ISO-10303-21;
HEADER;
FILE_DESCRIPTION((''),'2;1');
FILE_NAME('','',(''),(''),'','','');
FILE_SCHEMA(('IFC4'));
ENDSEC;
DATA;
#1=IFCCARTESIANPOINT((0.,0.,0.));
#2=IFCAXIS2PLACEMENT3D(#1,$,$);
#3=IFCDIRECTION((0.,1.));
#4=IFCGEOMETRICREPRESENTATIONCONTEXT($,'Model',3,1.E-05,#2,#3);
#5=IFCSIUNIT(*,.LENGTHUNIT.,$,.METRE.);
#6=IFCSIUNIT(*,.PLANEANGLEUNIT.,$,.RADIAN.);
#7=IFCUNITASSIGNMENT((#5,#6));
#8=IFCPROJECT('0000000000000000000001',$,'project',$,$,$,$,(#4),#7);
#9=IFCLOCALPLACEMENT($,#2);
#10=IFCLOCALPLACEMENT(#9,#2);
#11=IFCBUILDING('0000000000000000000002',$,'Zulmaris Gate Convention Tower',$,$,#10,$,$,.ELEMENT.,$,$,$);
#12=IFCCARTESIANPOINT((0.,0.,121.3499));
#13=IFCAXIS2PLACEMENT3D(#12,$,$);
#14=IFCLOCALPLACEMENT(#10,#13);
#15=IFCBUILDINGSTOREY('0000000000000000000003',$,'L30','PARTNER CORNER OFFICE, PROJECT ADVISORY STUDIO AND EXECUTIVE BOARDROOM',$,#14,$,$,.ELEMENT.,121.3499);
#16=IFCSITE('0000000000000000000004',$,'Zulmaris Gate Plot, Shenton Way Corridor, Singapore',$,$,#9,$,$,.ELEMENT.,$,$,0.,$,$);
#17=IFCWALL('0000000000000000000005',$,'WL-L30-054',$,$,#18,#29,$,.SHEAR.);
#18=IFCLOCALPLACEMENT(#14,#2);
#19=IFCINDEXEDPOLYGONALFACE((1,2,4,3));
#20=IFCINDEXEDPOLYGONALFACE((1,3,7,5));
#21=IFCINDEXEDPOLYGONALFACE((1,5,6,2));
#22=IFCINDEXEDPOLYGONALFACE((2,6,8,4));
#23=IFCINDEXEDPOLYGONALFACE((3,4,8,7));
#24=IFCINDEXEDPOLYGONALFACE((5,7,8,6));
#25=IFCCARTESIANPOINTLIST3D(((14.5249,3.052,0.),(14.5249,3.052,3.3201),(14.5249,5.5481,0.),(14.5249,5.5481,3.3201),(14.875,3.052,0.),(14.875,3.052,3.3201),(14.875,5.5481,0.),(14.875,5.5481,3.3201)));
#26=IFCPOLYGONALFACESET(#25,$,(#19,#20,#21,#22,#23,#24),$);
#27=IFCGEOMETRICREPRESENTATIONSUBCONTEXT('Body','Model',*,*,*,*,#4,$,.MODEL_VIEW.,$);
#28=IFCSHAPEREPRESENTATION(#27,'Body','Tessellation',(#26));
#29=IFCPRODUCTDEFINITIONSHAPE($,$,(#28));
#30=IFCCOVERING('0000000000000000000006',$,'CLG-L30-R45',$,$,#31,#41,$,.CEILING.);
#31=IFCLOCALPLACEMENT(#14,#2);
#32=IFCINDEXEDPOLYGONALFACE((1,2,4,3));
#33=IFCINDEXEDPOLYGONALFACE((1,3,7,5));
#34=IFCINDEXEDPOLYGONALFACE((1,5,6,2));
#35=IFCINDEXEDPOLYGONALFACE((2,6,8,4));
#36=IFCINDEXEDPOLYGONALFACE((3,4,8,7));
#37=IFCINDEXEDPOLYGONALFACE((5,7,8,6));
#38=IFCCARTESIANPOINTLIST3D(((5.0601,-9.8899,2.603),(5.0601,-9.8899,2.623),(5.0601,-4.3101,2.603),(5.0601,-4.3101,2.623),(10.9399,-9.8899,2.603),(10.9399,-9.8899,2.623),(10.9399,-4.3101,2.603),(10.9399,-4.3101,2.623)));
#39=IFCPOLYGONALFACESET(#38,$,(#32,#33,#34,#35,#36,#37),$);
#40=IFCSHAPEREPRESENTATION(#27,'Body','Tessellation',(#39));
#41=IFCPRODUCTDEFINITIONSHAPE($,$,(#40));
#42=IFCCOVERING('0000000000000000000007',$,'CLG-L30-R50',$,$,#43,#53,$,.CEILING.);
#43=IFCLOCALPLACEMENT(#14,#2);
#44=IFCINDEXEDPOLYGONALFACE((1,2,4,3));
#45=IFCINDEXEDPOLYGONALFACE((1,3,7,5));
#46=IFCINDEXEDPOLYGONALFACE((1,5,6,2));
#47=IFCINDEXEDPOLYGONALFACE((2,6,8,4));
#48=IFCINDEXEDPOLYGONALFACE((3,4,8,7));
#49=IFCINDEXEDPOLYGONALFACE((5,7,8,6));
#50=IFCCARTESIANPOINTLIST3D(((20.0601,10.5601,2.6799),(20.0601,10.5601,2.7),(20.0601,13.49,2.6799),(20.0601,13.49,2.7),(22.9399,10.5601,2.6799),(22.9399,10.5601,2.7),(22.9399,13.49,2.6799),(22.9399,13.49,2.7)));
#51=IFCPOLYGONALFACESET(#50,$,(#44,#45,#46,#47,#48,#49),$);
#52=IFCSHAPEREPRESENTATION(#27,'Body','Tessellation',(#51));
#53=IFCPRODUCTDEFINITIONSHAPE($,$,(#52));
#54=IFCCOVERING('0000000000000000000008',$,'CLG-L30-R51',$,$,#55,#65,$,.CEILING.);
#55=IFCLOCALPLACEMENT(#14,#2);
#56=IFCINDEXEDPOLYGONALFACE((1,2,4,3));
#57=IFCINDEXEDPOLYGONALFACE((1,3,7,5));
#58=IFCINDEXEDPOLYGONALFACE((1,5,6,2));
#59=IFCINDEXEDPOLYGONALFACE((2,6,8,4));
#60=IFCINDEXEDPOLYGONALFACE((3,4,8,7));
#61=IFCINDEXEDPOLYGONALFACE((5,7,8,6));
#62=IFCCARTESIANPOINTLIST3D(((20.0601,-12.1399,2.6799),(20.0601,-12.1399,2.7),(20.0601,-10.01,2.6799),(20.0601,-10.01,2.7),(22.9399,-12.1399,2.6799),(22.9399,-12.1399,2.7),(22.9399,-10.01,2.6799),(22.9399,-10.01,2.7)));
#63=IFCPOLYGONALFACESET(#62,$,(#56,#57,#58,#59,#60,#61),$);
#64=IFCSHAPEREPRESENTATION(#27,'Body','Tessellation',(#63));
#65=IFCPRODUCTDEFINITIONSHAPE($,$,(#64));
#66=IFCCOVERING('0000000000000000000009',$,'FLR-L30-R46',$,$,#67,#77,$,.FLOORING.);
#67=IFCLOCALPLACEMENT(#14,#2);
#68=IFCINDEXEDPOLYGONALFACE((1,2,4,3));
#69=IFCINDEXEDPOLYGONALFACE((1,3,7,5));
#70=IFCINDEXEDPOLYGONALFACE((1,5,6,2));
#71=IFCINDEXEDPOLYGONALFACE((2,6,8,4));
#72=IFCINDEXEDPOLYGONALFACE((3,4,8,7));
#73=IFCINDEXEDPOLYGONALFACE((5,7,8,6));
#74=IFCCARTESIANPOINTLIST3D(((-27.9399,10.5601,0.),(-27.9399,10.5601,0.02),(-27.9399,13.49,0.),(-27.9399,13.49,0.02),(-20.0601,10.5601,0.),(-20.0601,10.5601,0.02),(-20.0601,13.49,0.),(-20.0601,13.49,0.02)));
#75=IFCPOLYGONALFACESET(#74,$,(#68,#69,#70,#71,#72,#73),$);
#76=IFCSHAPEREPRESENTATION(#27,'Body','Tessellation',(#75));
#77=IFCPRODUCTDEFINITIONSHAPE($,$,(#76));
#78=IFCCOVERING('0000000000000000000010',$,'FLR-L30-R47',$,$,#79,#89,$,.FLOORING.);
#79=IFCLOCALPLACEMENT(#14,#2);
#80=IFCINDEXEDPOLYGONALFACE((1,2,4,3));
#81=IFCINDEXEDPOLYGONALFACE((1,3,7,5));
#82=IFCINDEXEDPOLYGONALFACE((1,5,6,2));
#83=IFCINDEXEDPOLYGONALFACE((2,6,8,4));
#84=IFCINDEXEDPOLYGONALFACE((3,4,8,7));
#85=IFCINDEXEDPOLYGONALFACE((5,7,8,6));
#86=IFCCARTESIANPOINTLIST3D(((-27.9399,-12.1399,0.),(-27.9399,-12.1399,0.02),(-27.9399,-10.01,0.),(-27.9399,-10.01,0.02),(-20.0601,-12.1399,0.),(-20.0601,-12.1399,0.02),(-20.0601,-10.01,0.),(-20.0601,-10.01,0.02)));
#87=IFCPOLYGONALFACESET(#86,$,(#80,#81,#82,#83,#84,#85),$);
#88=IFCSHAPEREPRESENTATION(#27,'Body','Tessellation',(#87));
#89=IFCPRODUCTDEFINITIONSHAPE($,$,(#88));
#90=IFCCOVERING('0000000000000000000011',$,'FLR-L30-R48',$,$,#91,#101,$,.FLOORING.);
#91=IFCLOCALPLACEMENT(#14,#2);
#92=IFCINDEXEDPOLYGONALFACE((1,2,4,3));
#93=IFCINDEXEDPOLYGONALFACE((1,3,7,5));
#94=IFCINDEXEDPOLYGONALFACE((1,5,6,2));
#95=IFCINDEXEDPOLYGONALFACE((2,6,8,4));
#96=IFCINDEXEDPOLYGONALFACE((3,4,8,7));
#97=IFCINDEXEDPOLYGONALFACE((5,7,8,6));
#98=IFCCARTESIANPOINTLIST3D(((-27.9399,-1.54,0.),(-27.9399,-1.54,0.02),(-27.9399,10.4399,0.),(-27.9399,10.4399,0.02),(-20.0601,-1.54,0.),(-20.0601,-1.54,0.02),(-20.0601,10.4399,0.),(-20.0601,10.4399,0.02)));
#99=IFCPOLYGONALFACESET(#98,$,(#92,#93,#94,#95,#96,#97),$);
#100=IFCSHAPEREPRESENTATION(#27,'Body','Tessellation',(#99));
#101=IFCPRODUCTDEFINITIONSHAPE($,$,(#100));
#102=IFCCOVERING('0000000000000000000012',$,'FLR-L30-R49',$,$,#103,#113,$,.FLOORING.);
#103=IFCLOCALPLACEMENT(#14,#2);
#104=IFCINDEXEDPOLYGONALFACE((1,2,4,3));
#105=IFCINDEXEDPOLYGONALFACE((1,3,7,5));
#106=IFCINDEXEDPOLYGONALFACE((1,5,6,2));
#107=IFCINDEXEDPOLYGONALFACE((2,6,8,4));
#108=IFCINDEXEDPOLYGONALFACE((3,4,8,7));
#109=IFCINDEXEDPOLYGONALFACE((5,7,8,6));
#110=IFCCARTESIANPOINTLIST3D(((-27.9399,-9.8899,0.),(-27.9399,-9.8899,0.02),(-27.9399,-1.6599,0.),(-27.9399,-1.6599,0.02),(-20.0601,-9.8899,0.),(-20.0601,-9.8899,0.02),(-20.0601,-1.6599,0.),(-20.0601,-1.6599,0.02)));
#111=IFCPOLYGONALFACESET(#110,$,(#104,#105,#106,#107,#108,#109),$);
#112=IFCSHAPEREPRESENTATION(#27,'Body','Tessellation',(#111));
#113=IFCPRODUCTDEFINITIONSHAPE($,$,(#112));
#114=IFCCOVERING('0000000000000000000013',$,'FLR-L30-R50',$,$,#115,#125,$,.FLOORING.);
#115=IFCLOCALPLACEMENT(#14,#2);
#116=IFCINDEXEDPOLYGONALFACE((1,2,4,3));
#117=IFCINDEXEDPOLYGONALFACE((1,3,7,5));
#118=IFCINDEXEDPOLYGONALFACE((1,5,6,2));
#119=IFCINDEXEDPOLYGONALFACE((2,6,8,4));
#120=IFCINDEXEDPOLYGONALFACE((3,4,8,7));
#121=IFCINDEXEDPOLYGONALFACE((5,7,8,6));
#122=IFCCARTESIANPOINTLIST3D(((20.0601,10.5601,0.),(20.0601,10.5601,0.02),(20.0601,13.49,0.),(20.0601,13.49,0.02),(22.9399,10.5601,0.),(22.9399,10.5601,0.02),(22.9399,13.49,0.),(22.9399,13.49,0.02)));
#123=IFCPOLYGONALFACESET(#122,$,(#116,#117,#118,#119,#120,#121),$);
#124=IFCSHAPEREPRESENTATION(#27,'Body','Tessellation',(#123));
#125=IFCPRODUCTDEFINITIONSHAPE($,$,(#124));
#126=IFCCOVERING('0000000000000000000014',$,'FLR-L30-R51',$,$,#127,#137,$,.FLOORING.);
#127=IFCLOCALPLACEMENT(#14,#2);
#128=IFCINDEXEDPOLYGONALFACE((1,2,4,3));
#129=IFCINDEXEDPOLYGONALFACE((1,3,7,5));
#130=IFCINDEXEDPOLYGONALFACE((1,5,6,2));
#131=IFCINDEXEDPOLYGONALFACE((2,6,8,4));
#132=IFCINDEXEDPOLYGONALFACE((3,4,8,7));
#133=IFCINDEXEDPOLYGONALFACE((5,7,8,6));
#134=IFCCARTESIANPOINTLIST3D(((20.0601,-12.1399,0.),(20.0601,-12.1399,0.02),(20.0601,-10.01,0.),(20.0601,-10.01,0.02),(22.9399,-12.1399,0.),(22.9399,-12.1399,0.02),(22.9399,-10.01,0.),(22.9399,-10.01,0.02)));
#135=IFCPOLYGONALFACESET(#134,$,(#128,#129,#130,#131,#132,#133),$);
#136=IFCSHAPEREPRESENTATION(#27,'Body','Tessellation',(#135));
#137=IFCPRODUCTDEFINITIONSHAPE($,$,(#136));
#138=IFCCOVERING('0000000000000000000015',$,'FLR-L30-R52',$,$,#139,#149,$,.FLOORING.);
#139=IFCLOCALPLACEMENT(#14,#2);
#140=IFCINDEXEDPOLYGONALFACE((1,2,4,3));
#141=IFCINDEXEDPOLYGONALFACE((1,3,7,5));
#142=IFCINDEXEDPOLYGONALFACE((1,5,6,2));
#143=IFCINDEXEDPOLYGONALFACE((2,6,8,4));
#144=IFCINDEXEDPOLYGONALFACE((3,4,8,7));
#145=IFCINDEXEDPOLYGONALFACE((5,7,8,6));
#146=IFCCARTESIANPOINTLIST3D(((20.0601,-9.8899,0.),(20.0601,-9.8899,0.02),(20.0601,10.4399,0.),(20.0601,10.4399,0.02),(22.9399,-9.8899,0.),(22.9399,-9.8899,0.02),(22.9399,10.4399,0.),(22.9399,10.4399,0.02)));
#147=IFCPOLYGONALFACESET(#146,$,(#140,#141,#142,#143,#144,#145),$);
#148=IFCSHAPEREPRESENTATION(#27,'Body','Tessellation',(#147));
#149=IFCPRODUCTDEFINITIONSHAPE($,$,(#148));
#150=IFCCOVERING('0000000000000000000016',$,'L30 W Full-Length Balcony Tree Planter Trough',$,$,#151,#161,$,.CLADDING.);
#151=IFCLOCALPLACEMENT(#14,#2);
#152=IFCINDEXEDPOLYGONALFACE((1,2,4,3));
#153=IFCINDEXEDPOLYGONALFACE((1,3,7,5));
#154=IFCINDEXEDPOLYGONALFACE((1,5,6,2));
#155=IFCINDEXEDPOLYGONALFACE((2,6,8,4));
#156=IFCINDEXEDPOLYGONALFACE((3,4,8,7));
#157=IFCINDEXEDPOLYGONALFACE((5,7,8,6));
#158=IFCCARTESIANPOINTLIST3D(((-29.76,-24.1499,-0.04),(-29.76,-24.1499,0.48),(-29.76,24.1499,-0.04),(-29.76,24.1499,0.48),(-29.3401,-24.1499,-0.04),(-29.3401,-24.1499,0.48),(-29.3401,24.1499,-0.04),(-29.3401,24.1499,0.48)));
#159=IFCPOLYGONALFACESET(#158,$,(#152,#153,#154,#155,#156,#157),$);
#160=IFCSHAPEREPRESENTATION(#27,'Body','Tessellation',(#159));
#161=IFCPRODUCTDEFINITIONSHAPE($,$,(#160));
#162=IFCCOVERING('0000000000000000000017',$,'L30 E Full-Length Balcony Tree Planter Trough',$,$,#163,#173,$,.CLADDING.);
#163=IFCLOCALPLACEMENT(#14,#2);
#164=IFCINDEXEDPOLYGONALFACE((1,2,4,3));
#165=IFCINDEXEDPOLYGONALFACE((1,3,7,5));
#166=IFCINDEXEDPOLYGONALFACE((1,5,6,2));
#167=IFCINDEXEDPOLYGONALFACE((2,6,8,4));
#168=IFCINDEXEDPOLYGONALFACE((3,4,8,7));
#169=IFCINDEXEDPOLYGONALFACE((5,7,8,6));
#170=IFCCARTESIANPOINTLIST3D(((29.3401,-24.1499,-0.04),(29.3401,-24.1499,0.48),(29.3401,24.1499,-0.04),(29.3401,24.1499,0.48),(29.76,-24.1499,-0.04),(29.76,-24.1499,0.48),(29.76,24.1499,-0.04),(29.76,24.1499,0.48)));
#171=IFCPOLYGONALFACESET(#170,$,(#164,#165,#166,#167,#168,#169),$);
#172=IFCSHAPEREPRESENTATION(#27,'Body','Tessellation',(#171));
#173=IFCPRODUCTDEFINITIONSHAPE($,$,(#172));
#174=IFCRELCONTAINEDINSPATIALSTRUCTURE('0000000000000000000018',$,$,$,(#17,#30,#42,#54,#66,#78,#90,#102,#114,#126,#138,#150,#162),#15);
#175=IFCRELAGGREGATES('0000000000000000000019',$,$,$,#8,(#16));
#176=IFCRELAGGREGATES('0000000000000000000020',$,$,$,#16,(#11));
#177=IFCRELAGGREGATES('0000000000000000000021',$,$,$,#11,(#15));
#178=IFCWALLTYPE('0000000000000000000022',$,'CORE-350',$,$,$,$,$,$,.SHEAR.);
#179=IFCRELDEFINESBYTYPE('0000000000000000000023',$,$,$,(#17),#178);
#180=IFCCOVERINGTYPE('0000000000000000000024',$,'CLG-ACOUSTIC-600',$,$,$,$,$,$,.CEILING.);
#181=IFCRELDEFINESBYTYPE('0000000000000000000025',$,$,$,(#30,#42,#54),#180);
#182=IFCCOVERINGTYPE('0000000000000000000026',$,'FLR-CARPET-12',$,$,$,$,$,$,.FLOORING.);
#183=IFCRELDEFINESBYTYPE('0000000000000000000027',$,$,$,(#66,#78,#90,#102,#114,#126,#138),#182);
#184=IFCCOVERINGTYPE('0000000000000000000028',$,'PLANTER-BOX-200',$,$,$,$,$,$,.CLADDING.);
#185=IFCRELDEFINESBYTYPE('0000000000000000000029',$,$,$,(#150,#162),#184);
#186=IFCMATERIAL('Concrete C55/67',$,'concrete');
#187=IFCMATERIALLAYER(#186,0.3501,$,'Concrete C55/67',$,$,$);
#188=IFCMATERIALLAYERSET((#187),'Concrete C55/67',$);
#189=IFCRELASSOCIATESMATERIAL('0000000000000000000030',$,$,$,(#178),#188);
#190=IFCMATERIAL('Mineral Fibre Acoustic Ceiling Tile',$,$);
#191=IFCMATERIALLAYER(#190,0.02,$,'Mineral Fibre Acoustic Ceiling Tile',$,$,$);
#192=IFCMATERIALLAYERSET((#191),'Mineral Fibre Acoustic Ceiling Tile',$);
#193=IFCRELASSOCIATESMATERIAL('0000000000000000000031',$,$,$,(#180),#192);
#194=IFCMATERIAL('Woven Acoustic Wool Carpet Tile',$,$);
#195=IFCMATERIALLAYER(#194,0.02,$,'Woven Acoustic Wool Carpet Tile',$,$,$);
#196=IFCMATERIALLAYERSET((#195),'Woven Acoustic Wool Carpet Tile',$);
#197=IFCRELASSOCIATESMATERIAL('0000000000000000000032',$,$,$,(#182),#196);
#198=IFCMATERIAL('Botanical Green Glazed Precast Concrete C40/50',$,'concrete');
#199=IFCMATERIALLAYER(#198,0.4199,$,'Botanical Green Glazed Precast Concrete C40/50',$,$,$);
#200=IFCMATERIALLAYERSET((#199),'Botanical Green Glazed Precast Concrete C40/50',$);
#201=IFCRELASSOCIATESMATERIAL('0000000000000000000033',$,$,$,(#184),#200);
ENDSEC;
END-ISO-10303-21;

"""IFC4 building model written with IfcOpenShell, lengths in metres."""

from ifc_helpers import new_model, si_unit, direction, frame, frame_2d, origin, place, context, subcontext, project, spatial, polyline, rectangle, outline, extrude, material, layer, layer_set, type_object, element, save


model = new_model("IFC4")

# Units and contexts
model_context = context("Model", 3, precision=1e-05, world=origin(), true_north=direction((0.0, 1.0)))
body_context = subcontext(model_context, "Body", "Model", "MODEL_VIEW")
ifc_project = project(units=[si_unit("LENGTHUNIT", "METRE"), si_unit("PLANEANGLEUNIT", "RADIAN")], contexts=[model_context])

# Site, building, storey
site_placement = place(None, origin())
site = spatial("IfcSite", under=ifc_project, at=site_placement, Name="Zulmaris Gate Plot, Shenton Way Corridor, Singapore", CompositionType="ELEMENT", RefElevation=0.0)
building_placement = place(site_placement, origin())
building = spatial("IfcBuilding", under=site, at=building_placement, Name="Zulmaris Gate Convention Tower", CompositionType="ELEMENT")
storey_placement = place(building_placement, frame((0.0, 0.0, 121.3499)))
storey = spatial("IfcBuildingStorey", under=building, at=storey_placement, Name="L30", Description="PARTNER CORNER OFFICE, PROJECT ADVISORY STUDIO AND EXECUTIVE BOARDROOM", CompositionType="ELEMENT", Elevation=121.3499)

# Wall
ifc_material_1 = material(Name="Concrete C55/67", Category="concrete")
ifc_layer_1 = layer(ifc_material_1, 0.3501, Name="Concrete C55/67")
ifc_layer_set_1 = layer_set([ifc_layer_1], Name="Concrete C55/67")
wall_type_1 = type_object("IfcWallType", Name="CORE-350", PredefinedType="SHEAR", material=ifc_layer_set_1)
wall_1_placement = place(storey_placement, frame((14.7, 3.052, 0.0), z_axis=(0.0, 0.0, 1.0), x_axis=(0.0, 1.0, 0.0)))
element("IfcWall", 1, at=wall_1_placement, inside=storey, type_object=wall_type_1, Name="WL-L30-054", PredefinedType="SHEAR", context=body_context, shape_type="SweptSolid", body=[
    extrude(rectangle(XDim=2.4961, YDim=0.3501, at=frame_2d((1.248, 0.0))), origin(), (0.0, 0.0, 1.0), 3.3201),
])

# Coverings
ifc_material_2 = material(Name="Mineral Fibre Acoustic Ceiling Tile")
ifc_layer_2 = layer(ifc_material_2, 0.02, Name="Mineral Fibre Acoustic Ceiling Tile")
ifc_layer_set_2 = layer_set([ifc_layer_2], Name="Mineral Fibre Acoustic Ceiling Tile")
covering_type_1 = type_object("IfcCoveringType", Name="CLG-ACOUSTIC-600", PredefinedType="CEILING", material=ifc_layer_set_2)
covering_1_placement = place(storey_placement, frame((0.0, 0.0, 2.603)))
element("IfcCovering", 2, at=covering_1_placement, inside=storey, type_object=covering_type_1, Name="CLG-L30-R45", PredefinedType="CEILING", context=body_context, shape_type="SweptSolid", body=[
    extrude(outline(polyline([(5.0601, -9.8899), (10.9399, -9.8899), (10.9399, -4.3101), (5.0601, -4.3101), (5.0601, -9.8899)])), origin(), (0.0, 0.0, 1.0), 0.02),
])
covering_2_placement = place(storey_placement, frame((0.0, 0.0, 2.6799)))
element("IfcCovering", 3, at=covering_2_placement, inside=storey, type_object=covering_type_1, Name="CLG-L30-R50", PredefinedType="CEILING", context=body_context, shape_type="SweptSolid", body=[
    extrude(outline(polyline([(20.0601, 10.5601), (22.9399, 10.5601), (22.9399, 13.49), (20.0601, 13.49), (20.0601, 10.5601)])), origin(), (0.0, 0.0, 1.0), 0.02),
])
covering_3_placement = place(storey_placement, frame((0.0, 0.0, 2.6799)))
element("IfcCovering", 4, at=covering_3_placement, inside=storey, type_object=covering_type_1, Name="CLG-L30-R51", PredefinedType="CEILING", context=body_context, shape_type="SweptSolid", body=[
    extrude(outline(polyline([(20.0601, -12.1399), (22.9399, -12.1399), (22.9399, -10.01), (20.0601, -10.01), (20.0601, -12.1399)])), origin(), (0.0, 0.0, 1.0), 0.02),
])
ifc_material_3 = material(Name="Woven Acoustic Wool Carpet Tile")
ifc_layer_3 = layer(ifc_material_3, 0.02, Name="Woven Acoustic Wool Carpet Tile")
ifc_layer_set_3 = layer_set([ifc_layer_3], Name="Woven Acoustic Wool Carpet Tile")
covering_type_2 = type_object("IfcCoveringType", Name="FLR-CARPET-12", PredefinedType="FLOORING", material=ifc_layer_set_3)
covering_4_placement = place(storey_placement, origin())
element("IfcCovering", 5, at=covering_4_placement, inside=storey, type_object=covering_type_2, Name="FLR-L30-R46", PredefinedType="FLOORING", context=body_context, shape_type="SweptSolid", body=[
    extrude(outline(polyline([(-27.9399, 10.5601), (-20.0601, 10.5601), (-20.0601, 13.49), (-27.9399, 13.49), (-27.9399, 10.5601)])), origin(), (0.0, 0.0, 1.0), 0.02),
])
covering_5_placement = place(storey_placement, origin())
element("IfcCovering", 6, at=covering_5_placement, inside=storey, type_object=covering_type_2, Name="FLR-L30-R47", PredefinedType="FLOORING", context=body_context, shape_type="SweptSolid", body=[
    extrude(outline(polyline([(-27.9399, -12.1399), (-20.0601, -12.1399), (-20.0601, -10.01), (-27.9399, -10.01), (-27.9399, -12.1399)])), origin(), (0.0, 0.0, 1.0), 0.02),
])
covering_6_placement = place(storey_placement, origin())
element("IfcCovering", 7, at=covering_6_placement, inside=storey, type_object=covering_type_2, Name="FLR-L30-R48", PredefinedType="FLOORING", context=body_context, shape_type="SweptSolid", body=[
    extrude(outline(polyline([(-27.9399, -1.54), (-20.0601, -1.54), (-20.0601, 10.4399), (-27.9399, 10.4399), (-27.9399, -1.54)])), origin(), (0.0, 0.0, 1.0), 0.02),
])
covering_7_placement = place(storey_placement, origin())
element("IfcCovering", 8, at=covering_7_placement, inside=storey, type_object=covering_type_2, Name="FLR-L30-R49", PredefinedType="FLOORING", context=body_context, shape_type="SweptSolid", body=[
    extrude(outline(polyline([(-27.9399, -9.8899), (-20.0601, -9.8899), (-20.0601, -1.6599), (-27.9399, -1.6599), (-27.9399, -9.8899)])), origin(), (0.0, 0.0, 1.0), 0.02),
])
covering_8_placement = place(storey_placement, origin())
element("IfcCovering", 9, at=covering_8_placement, inside=storey, type_object=covering_type_2, Name="FLR-L30-R50", PredefinedType="FLOORING", context=body_context, shape_type="SweptSolid", body=[
    extrude(outline(polyline([(20.0601, 10.5601), (22.9399, 10.5601), (22.9399, 13.49), (20.0601, 13.49), (20.0601, 10.5601)])), origin(), (0.0, 0.0, 1.0), 0.02),
])
covering_9_placement = place(storey_placement, origin())
element("IfcCovering", 10, at=covering_9_placement, inside=storey, type_object=covering_type_2, Name="FLR-L30-R51", PredefinedType="FLOORING", context=body_context, shape_type="SweptSolid", body=[
    extrude(outline(polyline([(20.0601, -12.1399), (22.9399, -12.1399), (22.9399, -10.01), (20.0601, -10.01), (20.0601, -12.1399)])), origin(), (0.0, 0.0, 1.0), 0.02),
])
covering_10_placement = place(storey_placement, origin())
element("IfcCovering", 11, at=covering_10_placement, inside=storey, type_object=covering_type_2, Name="FLR-L30-R52", PredefinedType="FLOORING", context=body_context, shape_type="SweptSolid", body=[
    extrude(outline(polyline([(20.0601, -9.8899), (22.9399, -9.8899), (22.9399, 10.4399), (20.0601, 10.4399), (20.0601, -9.8899)])), origin(), (0.0, 0.0, 1.0), 0.02),
])
ifc_material_4 = material(Name="Botanical Green Glazed Precast Concrete C40/50", Category="concrete")
ifc_layer_4 = layer(ifc_material_4, 0.4199, Name="Botanical Green Glazed Precast Concrete C40/50")
ifc_layer_set_4 = layer_set([ifc_layer_4], Name="Botanical Green Glazed Precast Concrete C40/50")
covering_type_3 = type_object("IfcCoveringType", Name="PLANTER-BOX-200", PredefinedType="CLADDING", material=ifc_layer_set_4)
covering_11_placement = place(storey_placement, frame((0.0, 0.0, -0.04)))
element("IfcCovering", 12, at=covering_11_placement, inside=storey, type_object=covering_type_3, Name="L30 W Full-Length Balcony Tree Planter Trough", PredefinedType="CLADDING", context=body_context, shape_type="SweptSolid", body=[
    extrude(outline(polyline([(-29.76, -24.1499), (-29.3401, -24.1499), (-29.3401, 24.1499), (-29.76, 24.1499), (-29.76, -24.1499)])), origin(), (0.0, 0.0, 1.0), 0.52),
])
covering_12_placement = place(storey_placement, frame((0.0, 0.0, -0.04)))
element("IfcCovering", 13, at=covering_12_placement, inside=storey, type_object=covering_type_3, Name="L30 E Full-Length Balcony Tree Planter Trough", PredefinedType="CLADDING", context=body_context, shape_type="SweptSolid", body=[
    extrude(outline(polyline([(29.3401, -24.1499), (29.76, -24.1499), (29.76, 24.1499), (29.3401, 24.1499), (29.3401, -24.1499)])), origin(), (0.0, 0.0, 1.0), 0.52),
])

save(model, "model.ifc")
